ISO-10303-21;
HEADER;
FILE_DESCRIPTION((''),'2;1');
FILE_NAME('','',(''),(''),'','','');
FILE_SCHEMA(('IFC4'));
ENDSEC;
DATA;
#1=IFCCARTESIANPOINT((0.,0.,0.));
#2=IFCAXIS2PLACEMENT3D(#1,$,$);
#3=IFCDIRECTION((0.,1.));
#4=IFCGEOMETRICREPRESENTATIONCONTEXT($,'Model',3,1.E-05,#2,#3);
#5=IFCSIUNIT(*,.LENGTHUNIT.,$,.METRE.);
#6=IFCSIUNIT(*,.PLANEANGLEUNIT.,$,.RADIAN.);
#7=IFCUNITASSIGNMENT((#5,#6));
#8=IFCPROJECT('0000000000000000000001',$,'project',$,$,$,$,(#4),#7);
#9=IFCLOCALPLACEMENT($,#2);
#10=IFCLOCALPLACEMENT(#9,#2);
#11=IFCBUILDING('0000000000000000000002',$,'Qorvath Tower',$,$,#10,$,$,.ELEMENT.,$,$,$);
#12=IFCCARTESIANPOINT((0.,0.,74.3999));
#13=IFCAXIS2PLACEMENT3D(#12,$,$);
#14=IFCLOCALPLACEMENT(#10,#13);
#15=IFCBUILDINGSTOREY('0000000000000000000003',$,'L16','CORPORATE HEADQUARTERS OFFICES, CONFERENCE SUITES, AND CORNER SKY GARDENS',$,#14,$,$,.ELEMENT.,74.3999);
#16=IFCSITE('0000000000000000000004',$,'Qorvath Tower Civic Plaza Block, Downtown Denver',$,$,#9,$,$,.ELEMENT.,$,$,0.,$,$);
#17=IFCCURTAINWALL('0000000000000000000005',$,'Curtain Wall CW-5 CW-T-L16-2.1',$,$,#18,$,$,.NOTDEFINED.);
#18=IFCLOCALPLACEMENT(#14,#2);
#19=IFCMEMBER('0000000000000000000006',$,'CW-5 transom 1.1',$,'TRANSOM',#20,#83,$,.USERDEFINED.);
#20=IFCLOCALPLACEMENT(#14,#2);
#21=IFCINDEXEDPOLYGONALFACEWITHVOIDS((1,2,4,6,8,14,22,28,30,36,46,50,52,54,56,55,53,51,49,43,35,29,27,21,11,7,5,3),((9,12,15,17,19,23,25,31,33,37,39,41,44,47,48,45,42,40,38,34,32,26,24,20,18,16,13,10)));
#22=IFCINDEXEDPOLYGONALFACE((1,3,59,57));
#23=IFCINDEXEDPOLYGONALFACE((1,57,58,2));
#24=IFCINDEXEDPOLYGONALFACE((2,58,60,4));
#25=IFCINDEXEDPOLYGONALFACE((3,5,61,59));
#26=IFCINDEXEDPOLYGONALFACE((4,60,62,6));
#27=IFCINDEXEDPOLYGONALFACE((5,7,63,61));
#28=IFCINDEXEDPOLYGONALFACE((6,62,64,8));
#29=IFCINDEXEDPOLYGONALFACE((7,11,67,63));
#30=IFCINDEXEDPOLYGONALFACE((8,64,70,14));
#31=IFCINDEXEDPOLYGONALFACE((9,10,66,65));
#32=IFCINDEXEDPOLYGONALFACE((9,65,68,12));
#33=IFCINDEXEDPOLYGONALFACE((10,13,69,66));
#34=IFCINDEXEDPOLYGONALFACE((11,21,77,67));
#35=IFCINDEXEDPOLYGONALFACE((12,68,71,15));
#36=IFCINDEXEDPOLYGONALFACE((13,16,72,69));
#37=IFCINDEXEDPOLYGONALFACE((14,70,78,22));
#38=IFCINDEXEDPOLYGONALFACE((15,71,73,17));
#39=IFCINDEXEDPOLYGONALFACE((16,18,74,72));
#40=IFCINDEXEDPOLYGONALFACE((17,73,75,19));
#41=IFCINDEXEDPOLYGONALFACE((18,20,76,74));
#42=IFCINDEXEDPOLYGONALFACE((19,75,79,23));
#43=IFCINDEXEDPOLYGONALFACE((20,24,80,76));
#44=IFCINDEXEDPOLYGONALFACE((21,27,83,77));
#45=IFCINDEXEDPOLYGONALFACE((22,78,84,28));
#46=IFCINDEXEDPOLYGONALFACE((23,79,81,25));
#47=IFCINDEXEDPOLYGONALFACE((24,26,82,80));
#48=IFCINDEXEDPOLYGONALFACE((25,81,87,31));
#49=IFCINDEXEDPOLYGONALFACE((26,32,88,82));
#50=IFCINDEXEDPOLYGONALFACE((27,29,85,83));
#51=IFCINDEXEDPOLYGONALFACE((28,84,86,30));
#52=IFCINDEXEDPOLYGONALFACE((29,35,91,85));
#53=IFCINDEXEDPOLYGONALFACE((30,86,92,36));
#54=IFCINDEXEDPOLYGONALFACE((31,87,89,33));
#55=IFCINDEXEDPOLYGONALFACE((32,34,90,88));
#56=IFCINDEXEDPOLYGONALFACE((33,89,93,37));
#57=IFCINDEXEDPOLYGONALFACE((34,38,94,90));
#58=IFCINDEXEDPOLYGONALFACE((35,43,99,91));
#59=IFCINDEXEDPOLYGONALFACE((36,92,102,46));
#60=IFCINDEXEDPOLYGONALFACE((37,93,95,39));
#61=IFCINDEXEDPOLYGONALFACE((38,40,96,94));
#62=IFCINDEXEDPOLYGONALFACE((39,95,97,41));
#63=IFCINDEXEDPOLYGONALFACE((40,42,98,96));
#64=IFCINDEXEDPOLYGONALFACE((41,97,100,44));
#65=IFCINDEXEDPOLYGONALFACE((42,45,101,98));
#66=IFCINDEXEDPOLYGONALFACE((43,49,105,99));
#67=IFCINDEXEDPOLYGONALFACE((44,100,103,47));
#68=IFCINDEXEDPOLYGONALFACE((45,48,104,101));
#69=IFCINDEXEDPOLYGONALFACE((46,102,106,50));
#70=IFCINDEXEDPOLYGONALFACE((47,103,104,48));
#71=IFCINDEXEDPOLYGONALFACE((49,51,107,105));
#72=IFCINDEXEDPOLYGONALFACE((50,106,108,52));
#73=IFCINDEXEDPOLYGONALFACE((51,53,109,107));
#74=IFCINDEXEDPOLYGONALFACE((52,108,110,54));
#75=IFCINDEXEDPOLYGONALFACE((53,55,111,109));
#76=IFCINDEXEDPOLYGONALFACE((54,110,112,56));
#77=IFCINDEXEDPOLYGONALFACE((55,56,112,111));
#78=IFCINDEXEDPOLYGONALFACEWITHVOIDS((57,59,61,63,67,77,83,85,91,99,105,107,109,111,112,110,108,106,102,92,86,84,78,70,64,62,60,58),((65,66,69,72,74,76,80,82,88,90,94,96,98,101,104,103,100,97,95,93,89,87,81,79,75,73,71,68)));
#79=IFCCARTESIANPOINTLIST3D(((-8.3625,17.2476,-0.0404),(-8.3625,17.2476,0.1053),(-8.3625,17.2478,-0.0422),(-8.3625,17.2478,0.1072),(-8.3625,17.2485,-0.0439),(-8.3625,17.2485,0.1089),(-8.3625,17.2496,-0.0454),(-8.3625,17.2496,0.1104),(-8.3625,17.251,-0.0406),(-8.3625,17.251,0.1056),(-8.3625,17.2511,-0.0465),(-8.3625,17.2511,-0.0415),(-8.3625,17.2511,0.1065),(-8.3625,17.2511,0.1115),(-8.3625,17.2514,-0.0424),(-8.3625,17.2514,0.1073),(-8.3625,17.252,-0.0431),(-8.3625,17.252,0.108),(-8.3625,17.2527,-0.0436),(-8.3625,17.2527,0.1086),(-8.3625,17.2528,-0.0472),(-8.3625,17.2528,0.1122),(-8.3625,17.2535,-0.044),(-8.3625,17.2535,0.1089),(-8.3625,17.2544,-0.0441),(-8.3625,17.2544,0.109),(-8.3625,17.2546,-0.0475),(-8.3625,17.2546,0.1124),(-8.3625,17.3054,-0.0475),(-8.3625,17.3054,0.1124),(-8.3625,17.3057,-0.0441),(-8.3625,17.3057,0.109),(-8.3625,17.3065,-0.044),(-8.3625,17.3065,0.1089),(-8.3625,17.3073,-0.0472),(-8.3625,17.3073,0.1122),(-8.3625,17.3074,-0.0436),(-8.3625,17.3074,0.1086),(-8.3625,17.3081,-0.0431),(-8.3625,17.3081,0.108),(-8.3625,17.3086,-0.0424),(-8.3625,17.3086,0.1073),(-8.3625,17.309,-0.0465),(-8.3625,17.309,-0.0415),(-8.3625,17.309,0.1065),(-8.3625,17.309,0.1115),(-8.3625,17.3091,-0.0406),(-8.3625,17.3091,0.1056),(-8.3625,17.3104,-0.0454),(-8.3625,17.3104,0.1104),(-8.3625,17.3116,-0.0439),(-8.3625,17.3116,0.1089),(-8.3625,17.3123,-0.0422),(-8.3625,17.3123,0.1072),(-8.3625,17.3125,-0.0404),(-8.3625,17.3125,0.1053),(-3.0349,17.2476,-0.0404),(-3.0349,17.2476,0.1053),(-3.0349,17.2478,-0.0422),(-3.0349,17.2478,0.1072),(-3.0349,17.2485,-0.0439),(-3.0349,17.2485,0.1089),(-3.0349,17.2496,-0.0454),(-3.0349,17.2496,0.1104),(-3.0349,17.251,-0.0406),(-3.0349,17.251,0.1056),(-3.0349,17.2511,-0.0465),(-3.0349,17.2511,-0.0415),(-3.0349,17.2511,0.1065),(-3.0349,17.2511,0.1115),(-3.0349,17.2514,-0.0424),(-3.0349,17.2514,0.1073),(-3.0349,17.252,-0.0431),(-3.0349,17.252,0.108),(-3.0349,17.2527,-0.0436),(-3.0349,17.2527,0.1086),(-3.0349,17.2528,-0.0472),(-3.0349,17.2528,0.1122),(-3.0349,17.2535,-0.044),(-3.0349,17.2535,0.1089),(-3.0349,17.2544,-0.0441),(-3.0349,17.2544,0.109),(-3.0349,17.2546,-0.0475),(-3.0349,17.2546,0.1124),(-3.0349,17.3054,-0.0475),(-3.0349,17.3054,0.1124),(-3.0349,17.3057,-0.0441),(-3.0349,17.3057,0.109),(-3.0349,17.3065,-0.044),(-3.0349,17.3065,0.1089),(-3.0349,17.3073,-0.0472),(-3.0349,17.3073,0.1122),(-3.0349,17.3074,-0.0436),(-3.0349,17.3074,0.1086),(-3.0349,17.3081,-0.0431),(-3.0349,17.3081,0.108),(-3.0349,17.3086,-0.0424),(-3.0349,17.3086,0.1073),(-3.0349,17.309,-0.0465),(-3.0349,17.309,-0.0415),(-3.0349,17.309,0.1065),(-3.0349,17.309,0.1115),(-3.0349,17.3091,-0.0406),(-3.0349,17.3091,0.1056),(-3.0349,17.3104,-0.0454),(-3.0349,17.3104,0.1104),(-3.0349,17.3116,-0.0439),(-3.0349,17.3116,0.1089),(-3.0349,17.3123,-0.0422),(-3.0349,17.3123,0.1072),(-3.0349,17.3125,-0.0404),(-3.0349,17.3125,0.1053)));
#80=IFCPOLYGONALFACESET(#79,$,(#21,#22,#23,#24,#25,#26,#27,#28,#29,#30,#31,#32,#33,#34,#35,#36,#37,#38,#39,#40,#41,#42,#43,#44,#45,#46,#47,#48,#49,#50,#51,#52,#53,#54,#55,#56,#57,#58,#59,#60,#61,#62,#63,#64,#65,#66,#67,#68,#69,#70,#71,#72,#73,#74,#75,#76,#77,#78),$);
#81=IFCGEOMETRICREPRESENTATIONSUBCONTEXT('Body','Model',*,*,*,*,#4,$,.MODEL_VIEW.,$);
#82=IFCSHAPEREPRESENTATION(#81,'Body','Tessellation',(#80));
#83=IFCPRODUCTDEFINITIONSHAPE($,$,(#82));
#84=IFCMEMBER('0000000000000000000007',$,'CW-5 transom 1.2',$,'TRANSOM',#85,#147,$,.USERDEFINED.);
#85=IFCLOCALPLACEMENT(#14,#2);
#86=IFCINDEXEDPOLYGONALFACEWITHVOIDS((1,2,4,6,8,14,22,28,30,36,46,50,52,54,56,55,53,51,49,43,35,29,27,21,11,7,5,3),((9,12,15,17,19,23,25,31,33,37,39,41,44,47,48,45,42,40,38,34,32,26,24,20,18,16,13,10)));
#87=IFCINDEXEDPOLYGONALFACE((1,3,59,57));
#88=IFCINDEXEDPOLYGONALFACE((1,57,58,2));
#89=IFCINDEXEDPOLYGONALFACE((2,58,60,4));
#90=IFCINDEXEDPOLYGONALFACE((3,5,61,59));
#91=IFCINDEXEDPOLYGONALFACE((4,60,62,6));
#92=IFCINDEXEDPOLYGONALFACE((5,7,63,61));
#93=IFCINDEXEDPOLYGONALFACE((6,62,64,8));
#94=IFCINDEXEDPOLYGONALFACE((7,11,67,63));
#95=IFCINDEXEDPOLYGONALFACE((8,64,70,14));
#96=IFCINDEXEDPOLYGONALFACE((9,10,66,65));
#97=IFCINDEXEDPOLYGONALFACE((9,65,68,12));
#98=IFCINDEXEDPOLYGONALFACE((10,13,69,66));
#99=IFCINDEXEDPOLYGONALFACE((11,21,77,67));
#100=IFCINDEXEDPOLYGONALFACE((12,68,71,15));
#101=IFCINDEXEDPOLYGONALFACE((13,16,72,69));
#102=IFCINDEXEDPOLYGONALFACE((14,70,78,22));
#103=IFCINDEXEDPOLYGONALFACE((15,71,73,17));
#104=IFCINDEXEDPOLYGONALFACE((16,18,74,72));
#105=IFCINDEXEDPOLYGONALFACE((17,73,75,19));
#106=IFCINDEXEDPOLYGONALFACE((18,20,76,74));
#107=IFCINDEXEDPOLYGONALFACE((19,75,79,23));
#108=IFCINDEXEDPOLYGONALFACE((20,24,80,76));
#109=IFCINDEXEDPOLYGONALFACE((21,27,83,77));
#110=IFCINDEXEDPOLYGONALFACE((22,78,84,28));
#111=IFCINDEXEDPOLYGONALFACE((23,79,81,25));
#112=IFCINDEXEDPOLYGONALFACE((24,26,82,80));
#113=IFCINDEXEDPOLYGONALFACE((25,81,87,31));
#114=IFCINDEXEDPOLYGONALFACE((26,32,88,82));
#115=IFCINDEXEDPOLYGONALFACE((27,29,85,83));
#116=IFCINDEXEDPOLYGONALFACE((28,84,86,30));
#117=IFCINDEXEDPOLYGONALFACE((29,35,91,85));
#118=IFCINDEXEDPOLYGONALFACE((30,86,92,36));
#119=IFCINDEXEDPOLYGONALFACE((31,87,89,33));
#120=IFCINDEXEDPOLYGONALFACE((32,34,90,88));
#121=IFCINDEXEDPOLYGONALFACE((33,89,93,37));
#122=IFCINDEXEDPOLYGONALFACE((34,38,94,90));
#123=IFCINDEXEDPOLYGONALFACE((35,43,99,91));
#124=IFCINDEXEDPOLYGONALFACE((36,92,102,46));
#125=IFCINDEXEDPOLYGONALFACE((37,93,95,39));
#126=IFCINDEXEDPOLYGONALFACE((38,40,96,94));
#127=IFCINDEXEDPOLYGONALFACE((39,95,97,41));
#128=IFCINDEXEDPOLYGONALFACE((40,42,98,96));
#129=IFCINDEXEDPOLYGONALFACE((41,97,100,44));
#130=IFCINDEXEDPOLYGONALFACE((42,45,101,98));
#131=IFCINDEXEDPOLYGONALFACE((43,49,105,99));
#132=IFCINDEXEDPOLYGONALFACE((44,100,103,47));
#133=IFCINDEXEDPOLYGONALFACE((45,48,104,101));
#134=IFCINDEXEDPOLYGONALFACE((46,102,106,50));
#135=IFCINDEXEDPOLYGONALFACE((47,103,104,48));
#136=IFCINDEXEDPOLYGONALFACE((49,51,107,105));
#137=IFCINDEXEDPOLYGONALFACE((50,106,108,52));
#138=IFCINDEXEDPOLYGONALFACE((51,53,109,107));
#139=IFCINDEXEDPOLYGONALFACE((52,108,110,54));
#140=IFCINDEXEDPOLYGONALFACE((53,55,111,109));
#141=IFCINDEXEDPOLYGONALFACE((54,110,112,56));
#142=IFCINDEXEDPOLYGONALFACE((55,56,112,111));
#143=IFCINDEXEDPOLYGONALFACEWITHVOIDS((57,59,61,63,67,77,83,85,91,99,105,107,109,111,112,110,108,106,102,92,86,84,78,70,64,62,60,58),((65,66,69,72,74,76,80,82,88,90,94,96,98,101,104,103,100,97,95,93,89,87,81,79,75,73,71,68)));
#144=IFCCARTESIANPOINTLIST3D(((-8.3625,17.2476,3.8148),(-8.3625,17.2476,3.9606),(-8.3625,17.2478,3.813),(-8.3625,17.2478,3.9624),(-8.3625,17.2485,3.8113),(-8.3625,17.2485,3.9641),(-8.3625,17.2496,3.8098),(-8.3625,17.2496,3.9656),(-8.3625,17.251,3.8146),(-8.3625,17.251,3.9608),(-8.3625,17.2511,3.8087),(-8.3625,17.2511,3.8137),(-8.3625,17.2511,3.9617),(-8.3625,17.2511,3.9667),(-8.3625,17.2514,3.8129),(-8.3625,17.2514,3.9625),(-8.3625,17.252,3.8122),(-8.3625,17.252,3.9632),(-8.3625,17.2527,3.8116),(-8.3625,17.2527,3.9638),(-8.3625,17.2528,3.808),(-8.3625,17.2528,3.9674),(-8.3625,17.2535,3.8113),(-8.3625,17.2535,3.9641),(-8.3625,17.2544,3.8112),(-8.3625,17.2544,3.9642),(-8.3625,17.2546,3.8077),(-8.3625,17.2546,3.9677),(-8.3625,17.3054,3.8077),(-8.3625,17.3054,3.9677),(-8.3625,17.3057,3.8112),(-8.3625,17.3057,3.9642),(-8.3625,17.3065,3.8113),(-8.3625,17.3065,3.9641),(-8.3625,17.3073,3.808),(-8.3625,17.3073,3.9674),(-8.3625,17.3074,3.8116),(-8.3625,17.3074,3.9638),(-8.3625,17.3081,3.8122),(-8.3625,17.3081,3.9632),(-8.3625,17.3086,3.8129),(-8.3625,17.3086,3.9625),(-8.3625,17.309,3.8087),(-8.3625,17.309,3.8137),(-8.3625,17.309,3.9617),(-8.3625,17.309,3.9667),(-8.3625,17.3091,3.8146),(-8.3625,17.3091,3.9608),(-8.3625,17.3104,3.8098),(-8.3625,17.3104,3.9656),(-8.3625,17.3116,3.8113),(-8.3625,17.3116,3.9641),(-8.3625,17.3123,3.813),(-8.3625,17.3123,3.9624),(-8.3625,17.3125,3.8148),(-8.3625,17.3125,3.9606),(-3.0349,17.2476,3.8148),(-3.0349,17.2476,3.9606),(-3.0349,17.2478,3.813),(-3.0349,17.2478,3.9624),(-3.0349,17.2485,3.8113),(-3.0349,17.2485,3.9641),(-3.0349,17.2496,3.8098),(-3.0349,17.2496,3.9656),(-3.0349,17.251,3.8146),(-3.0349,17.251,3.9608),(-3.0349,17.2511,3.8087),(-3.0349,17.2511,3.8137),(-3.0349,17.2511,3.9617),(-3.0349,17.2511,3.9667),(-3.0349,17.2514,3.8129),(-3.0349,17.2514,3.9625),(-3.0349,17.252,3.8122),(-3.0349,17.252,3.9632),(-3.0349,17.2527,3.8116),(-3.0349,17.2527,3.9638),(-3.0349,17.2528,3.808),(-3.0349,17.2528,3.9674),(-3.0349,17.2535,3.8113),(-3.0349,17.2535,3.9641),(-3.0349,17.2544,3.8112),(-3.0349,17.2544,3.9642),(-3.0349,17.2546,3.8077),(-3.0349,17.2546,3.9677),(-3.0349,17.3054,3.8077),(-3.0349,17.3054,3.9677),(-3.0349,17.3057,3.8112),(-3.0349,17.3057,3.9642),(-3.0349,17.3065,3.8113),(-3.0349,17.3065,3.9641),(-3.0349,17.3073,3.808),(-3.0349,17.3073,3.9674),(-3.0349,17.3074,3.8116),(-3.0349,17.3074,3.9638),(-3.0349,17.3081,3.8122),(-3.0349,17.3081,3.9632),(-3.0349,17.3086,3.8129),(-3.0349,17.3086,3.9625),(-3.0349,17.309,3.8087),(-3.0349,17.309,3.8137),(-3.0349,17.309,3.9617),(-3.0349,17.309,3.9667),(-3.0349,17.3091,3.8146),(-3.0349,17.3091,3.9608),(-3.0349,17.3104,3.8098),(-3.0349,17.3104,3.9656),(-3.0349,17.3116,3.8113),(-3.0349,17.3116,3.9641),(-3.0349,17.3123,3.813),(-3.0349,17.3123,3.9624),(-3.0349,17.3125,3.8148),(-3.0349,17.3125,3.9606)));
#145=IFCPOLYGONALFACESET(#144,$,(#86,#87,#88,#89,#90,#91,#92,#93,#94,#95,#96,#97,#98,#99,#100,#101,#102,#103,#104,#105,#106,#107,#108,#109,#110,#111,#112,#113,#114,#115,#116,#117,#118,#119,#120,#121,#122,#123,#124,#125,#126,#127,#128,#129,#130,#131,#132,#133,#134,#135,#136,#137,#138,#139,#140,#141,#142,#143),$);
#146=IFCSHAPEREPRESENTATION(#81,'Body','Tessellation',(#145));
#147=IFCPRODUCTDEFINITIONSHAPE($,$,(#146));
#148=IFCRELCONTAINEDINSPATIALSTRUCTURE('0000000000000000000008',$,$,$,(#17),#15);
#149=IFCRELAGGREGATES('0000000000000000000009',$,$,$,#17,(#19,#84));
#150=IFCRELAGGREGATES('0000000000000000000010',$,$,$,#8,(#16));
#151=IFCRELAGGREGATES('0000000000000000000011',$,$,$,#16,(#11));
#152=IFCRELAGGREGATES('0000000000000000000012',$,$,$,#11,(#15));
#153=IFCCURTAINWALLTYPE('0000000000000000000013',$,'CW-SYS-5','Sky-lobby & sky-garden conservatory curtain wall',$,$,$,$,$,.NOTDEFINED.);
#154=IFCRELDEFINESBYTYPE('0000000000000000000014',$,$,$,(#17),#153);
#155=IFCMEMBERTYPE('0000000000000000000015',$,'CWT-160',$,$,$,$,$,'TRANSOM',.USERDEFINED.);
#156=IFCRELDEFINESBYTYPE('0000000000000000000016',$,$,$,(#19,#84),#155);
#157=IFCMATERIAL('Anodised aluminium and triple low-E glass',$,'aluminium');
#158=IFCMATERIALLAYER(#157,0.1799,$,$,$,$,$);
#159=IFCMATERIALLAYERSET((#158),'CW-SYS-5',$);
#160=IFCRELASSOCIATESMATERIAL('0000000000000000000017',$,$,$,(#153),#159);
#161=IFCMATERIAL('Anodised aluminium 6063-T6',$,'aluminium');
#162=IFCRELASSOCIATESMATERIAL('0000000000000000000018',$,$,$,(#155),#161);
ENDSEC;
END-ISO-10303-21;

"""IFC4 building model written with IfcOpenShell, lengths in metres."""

from ifc_helpers import new_model, si_unit, direction, frame, origin, origin_2d, place, context, subcontext, project, spatial, hollow_rectangle, extrude, material, layer, layer_set, material_profile, profile_set, type_object, element, aggregate, save


model = new_model("IFC4")

# Units and contexts
model_context = context("Model", 3, precision=1e-05, world=origin(), true_north=direction((0.0, 1.0)))
body_context = subcontext(model_context, "Body", "Model", "MODEL_VIEW")
ifc_project = project(units=[si_unit("LENGTHUNIT", "METRE"), si_unit("PLANEANGLEUNIT", "RADIAN")], contexts=[model_context])

# Site, building, storey
site_placement = place(None, origin())
site = spatial("IfcSite", under=ifc_project, at=site_placement, Name="Qorvath Tower Civic Plaza Block, Downtown Denver", CompositionType="ELEMENT", RefElevation=0.0)
building_placement = place(site_placement, origin())
building = spatial("IfcBuilding", under=site, at=building_placement, Name="Qorvath Tower", CompositionType="ELEMENT")
storey_placement = place(building_placement, frame((0.0, 0.0, 74.3999)))
storey = spatial("IfcBuildingStorey", under=building, at=storey_placement, Name="L16", Description="CORPORATE HEADQUARTERS OFFICES, CONFERENCE SUITES, AND CORNER SKY GARDENS", CompositionType="ELEMENT", Elevation=74.3999)

# Curtain wall
ifc_material_1 = material(Name="Anodised aluminium and triple low-E glass", Category="aluminium")
ifc_layer_1 = layer(ifc_material_1, 0.1799)
ifc_layer_set_1 = layer_set([ifc_layer_1], Name="CW-SYS-5")
curtain_wall_type = type_object("IfcCurtainWallType", Name="CW-SYS-5", Description="Sky-lobby & sky-garden conservatory curtain wall", PredefinedType="NOTDEFINED", material=ifc_layer_set_1)
curtain_wall_1_placement = place(storey_placement, origin())
curtain_wall_1 = element("IfcCurtainWall", 1, at=curtain_wall_1_placement, inside=storey, type_object=curtain_wall_type, Name="Curtain Wall CW-5 CW-T-L16-2.1", PredefinedType="NOTDEFINED")

# Members
ifc_material_2 = material(Name="Anodised aluminium 6063-T6", Category="aluminium")
ifc_material_profile_1 = material_profile(ifc_material_2, hollow_rectangle(XDim=0.0649, YDim=0.1599, WallThickness=0.0034, InnerFilletRadius=0.0034, OuterFilletRadius=0.0071, at=origin_2d()), Name="CWT 160x65")
ifc_profile_set_1 = profile_set([ifc_material_profile_1], Name="Anodised aluminium 6063-T6")
member_type_1 = type_object("IfcMemberType", Name="CWT-160", ElementType="TRANSOM", PredefinedType="USERDEFINED", material=ifc_profile_set_1)
member_1_placement = place(storey_placement, frame((-3.0349, 17.28, 0.0325), z_axis=(-1.0, 0.0, 0.0), x_axis=(0.0, -1.0, 0.0)))
member_1 = element("IfcMember", 2, at=member_1_placement, type_object=member_type_1, Name="CW-5 transom 1.1", ObjectType="TRANSOM", PredefinedType="USERDEFINED", context=body_context, shape_type="SweptSolid", body=[
    extrude(hollow_rectangle(XDim=0.0649, YDim=0.1599, WallThickness=0.0034, InnerFilletRadius=0.0034, OuterFilletRadius=0.0071, at=origin_2d()), origin(), (0.0, 0.0, 1.0), 5.3276),
])
member_2_placement = place(storey_placement, frame((-3.0349, 17.28, 3.8877), z_axis=(-1.0, 0.0, 0.0), x_axis=(0.0, -1.0, 0.0)))
member_2 = element("IfcMember", 3, at=member_2_placement, type_object=member_type_1, Name="CW-5 transom 1.2", ObjectType="TRANSOM", PredefinedType="USERDEFINED", context=body_context, shape_type="SweptSolid", body=[
    extrude(hollow_rectangle(XDim=0.0649, YDim=0.1599, WallThickness=0.0034, InnerFilletRadius=0.0034, OuterFilletRadius=0.0071, at=origin_2d()), origin(), (0.0, 0.0, 1.0), 5.3276),
])

aggregate(curtain_wall_1, [member_1, member_2])

save(model, "model.ifc")
